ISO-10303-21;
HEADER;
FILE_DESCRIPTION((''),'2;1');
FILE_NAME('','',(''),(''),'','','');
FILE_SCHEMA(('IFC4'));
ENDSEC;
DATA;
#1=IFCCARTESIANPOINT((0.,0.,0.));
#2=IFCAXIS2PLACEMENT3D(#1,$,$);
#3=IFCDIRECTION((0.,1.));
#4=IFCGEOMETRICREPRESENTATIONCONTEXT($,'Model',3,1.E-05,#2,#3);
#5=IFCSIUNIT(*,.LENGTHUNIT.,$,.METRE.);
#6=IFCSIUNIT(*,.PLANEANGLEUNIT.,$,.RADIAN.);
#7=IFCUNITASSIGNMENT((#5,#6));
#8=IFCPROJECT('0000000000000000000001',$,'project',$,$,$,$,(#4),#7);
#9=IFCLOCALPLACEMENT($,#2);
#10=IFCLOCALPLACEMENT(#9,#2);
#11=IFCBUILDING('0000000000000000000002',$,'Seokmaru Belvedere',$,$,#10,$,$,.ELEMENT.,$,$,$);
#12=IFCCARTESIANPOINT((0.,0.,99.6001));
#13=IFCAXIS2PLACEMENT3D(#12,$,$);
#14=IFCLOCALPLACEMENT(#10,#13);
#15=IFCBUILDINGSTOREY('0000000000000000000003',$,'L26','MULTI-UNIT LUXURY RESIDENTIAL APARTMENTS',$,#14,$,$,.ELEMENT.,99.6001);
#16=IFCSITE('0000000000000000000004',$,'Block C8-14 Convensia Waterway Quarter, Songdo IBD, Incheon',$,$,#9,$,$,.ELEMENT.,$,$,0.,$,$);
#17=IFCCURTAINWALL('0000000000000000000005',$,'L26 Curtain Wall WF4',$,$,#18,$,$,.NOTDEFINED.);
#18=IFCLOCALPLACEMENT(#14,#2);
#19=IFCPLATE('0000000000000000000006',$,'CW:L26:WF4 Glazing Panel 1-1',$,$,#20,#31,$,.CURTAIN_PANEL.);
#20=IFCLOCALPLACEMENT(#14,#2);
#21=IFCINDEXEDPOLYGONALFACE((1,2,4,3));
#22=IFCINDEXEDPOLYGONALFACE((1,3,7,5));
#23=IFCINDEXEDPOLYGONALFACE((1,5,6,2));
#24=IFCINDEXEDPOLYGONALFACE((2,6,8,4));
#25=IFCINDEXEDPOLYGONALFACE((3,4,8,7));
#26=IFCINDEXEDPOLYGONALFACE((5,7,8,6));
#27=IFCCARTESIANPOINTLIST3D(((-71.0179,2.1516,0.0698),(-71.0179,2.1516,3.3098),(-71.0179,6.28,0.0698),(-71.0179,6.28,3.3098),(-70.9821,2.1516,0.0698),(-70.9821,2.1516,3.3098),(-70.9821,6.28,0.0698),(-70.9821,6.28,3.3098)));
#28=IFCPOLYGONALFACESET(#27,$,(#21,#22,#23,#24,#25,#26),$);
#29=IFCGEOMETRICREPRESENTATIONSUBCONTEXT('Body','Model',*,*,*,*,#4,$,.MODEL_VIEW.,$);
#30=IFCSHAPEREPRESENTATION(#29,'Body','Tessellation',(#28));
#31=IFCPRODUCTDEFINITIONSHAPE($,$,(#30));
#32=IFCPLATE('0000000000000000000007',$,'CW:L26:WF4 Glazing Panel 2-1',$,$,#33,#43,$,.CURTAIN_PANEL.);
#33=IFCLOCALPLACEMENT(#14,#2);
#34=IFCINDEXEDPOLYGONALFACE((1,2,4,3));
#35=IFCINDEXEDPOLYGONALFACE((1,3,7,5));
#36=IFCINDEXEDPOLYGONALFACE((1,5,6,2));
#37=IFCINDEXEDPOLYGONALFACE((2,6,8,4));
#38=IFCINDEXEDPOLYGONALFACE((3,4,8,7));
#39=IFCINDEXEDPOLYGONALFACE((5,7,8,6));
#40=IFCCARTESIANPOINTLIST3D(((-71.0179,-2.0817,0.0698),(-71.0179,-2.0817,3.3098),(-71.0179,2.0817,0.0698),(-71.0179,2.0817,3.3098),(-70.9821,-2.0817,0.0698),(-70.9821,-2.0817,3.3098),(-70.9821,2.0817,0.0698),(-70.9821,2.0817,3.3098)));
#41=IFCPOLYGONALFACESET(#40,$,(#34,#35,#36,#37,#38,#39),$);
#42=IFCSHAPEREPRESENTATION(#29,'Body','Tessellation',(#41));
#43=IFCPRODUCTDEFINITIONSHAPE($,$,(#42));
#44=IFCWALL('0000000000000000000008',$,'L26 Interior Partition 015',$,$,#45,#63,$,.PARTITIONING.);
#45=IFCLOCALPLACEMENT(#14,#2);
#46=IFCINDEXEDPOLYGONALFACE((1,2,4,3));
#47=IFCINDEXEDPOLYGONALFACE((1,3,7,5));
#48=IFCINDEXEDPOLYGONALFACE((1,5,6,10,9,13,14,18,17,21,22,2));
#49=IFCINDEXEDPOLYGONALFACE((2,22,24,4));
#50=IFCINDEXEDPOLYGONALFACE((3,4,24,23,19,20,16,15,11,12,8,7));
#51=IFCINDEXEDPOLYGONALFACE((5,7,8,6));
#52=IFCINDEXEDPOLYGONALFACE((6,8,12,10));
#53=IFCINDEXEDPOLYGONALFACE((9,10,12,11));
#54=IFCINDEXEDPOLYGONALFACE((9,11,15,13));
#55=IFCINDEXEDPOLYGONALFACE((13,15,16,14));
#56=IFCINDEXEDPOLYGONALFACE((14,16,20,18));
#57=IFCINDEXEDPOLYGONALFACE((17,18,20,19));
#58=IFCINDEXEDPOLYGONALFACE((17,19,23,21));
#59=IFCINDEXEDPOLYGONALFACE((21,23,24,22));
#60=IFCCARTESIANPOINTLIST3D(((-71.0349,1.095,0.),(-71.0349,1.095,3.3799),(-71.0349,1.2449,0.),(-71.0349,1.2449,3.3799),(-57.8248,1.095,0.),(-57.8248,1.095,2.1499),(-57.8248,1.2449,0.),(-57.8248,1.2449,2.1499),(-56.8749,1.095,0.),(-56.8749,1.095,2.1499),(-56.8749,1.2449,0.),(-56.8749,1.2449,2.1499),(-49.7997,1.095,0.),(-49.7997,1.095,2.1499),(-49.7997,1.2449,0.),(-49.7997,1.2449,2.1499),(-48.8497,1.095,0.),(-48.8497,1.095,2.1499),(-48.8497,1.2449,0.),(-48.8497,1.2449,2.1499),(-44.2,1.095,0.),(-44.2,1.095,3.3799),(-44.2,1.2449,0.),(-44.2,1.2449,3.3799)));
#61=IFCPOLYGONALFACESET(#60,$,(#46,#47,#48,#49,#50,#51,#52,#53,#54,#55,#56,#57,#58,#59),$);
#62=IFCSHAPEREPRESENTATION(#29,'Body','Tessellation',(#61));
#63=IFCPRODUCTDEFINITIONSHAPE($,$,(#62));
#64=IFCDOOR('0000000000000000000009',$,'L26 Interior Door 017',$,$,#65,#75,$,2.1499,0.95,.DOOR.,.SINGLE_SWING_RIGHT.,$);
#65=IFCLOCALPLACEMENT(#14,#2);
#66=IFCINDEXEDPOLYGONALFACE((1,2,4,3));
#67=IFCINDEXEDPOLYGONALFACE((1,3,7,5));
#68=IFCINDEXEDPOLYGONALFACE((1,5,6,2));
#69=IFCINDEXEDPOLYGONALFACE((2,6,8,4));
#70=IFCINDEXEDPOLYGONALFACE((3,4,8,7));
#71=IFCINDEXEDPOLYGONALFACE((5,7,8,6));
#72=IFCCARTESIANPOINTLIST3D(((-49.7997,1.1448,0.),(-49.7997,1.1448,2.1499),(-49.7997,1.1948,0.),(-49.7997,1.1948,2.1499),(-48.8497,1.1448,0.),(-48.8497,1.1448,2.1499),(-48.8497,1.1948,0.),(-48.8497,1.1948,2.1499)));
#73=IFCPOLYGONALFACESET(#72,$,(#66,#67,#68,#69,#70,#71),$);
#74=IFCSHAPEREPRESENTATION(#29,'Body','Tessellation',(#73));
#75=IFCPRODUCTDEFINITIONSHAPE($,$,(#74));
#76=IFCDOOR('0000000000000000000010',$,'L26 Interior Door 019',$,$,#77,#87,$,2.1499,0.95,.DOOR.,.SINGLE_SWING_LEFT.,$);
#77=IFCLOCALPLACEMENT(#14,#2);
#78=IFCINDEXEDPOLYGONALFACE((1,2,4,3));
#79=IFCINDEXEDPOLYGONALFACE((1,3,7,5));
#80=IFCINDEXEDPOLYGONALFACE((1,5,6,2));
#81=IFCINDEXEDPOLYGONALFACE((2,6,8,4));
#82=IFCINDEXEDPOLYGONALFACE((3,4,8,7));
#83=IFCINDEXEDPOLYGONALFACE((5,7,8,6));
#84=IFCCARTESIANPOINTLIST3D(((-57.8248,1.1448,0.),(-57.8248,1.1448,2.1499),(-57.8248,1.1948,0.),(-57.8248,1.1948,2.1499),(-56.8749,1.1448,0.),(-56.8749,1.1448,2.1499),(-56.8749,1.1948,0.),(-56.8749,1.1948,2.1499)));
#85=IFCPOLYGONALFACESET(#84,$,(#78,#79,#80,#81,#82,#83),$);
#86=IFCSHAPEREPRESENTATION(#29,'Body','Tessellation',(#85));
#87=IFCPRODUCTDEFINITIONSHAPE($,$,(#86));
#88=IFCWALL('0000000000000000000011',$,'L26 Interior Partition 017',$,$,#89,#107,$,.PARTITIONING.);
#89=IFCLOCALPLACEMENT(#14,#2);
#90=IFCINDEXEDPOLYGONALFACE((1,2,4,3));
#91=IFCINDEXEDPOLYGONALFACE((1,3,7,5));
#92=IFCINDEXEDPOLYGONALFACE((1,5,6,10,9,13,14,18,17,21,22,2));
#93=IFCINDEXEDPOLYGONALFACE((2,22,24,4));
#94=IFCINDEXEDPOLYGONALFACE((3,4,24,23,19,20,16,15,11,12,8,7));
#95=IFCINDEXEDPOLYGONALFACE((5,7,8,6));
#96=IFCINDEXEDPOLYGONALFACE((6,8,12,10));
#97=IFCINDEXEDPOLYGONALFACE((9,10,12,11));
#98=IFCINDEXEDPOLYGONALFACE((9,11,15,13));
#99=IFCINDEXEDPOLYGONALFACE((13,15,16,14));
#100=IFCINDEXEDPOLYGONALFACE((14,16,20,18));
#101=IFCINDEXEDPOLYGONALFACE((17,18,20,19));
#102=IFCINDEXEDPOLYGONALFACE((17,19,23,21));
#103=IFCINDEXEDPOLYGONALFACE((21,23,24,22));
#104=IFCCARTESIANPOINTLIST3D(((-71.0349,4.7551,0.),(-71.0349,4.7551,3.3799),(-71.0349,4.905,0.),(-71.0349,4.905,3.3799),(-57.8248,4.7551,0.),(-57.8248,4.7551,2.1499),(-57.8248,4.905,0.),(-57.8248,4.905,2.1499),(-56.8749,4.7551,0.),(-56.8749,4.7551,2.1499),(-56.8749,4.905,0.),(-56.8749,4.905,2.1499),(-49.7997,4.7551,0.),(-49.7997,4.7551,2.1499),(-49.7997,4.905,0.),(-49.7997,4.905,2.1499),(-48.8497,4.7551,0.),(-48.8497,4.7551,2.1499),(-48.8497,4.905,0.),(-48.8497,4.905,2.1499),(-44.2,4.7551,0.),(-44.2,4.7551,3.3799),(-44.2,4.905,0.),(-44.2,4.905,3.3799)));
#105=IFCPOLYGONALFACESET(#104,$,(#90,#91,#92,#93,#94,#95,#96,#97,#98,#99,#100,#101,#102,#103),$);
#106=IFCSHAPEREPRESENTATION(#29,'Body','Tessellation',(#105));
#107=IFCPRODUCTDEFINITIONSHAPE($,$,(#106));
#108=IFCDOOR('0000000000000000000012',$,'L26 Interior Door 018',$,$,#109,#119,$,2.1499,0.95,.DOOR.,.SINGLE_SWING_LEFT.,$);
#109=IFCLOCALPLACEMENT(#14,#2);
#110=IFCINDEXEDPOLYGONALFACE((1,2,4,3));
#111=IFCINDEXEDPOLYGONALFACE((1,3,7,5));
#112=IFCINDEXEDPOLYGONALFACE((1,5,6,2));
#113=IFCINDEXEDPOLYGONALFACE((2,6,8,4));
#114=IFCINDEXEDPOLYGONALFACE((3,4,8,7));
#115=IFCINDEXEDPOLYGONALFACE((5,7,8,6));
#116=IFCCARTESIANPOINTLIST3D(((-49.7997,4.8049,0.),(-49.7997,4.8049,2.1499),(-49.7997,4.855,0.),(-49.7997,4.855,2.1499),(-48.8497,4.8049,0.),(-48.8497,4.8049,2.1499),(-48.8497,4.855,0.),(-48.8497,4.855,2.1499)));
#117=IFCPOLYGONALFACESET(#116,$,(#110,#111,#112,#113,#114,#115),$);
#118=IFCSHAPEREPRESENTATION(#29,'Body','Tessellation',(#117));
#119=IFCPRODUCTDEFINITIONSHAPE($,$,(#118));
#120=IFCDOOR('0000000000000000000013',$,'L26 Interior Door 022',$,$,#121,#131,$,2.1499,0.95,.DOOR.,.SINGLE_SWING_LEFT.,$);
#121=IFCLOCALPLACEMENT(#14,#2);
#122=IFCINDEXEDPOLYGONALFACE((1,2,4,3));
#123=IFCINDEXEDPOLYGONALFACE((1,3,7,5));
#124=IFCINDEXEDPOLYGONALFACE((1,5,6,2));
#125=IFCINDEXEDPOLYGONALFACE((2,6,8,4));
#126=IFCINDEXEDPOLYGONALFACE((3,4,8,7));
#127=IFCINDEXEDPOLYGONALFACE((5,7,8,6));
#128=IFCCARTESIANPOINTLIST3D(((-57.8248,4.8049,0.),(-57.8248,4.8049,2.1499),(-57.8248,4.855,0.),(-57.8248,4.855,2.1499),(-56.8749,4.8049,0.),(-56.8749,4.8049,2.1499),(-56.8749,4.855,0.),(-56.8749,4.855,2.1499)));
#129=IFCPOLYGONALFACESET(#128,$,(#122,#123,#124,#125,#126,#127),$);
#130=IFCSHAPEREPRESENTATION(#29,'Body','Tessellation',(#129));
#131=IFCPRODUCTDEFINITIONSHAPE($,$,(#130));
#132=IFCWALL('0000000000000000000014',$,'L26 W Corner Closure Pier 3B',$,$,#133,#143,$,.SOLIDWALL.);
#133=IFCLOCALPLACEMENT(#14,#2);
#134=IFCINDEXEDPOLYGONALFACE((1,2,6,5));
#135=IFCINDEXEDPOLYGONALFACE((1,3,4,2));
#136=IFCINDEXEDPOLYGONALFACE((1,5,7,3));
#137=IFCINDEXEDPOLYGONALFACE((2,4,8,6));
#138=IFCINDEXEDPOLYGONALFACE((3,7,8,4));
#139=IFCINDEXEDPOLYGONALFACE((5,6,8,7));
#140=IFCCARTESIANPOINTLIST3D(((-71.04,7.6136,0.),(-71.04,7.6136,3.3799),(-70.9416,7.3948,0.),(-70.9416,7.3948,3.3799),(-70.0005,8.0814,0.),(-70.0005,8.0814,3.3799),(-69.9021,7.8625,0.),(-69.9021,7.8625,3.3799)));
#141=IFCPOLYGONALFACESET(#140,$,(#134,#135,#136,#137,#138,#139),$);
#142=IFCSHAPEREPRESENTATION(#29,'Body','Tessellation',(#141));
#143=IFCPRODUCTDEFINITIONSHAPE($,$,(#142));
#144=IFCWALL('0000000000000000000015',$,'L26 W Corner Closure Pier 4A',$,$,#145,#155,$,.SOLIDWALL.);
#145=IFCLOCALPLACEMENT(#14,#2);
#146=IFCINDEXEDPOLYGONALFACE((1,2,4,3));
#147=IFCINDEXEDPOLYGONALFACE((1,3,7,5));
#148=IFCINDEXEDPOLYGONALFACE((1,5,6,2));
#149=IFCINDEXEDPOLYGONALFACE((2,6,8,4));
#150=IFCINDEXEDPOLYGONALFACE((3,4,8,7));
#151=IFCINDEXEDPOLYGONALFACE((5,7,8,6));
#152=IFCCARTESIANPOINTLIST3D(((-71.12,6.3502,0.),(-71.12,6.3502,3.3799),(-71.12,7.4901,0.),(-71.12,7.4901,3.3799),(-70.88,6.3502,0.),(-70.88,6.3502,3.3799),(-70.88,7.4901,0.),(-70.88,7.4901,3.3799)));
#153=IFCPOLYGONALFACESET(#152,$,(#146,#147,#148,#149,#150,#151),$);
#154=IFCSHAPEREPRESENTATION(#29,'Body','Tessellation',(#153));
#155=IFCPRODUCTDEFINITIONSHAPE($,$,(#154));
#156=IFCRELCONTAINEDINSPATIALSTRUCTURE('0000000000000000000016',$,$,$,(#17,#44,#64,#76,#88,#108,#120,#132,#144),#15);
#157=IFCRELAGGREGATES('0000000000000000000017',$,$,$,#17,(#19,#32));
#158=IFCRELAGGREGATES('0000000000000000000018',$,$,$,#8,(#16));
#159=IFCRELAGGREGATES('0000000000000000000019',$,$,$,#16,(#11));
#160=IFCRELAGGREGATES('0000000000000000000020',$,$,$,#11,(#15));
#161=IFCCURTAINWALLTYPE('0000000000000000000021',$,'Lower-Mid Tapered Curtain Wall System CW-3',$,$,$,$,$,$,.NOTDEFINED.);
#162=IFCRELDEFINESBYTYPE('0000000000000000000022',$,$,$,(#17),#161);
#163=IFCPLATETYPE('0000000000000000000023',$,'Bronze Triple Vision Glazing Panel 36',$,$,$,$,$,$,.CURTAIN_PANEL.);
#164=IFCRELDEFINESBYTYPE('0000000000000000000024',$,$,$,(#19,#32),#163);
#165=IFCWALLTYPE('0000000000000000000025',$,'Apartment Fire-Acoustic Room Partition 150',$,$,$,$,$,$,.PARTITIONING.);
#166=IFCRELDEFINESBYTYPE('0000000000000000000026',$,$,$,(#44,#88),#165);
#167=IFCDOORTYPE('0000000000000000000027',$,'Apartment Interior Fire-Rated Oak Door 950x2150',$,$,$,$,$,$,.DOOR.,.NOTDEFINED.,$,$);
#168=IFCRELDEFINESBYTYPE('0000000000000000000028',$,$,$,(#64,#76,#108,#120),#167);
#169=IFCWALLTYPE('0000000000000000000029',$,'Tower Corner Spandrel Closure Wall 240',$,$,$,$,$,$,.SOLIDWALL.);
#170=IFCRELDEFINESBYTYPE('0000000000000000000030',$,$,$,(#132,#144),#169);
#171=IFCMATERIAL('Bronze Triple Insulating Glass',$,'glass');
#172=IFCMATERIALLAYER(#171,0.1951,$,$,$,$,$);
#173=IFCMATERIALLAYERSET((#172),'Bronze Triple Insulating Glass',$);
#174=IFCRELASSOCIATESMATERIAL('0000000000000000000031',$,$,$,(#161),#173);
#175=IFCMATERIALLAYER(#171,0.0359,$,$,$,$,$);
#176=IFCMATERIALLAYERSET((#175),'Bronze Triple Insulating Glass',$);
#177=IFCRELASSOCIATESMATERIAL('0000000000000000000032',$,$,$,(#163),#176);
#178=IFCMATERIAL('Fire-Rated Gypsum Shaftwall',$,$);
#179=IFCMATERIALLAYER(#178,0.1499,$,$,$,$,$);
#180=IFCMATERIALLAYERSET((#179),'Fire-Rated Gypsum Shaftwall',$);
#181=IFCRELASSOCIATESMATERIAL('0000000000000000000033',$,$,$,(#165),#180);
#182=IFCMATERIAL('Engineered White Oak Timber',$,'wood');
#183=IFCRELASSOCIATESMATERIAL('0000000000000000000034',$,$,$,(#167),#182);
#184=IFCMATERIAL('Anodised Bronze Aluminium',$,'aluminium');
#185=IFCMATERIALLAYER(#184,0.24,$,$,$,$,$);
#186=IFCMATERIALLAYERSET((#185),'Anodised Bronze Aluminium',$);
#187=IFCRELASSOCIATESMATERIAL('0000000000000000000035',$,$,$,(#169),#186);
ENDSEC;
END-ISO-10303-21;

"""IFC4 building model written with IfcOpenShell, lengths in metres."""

from ifc_helpers import new_model, si_unit, direction, frame, frame_2d, origin, origin_2d, place, context, subcontext, project, spatial, rectangle, extrude, source, transform, mapped, material, layer, layer_set, type_object, type_shapes, element, fill, aggregate, save


model = new_model("IFC4")

# Units and contexts
model_context = context("Model", 3, precision=1e-05, world=origin(), true_north=direction((0.0, 1.0)))
body_context = subcontext(model_context, "Body", "Model", "MODEL_VIEW")
ifc_project = project(units=[si_unit("LENGTHUNIT", "METRE"), si_unit("PLANEANGLEUNIT", "RADIAN")], contexts=[model_context])

# Site, building, storey
site_placement = place(None, origin())
site = spatial("IfcSite", under=ifc_project, at=site_placement, Name="Block C8-14 Convensia Waterway Quarter, Songdo IBD, Incheon", CompositionType="ELEMENT", RefElevation=0.0)
building_placement = place(site_placement, origin())
building = spatial("IfcBuilding", under=site, at=building_placement, Name="Seokmaru Belvedere", CompositionType="ELEMENT")
storey_placement = place(building_placement, frame((0.0, 0.0, 99.6001)))
storey = spatial("IfcBuildingStorey", under=building, at=storey_placement, Name="L26", Description="MULTI-UNIT LUXURY RESIDENTIAL APARTMENTS", CompositionType="ELEMENT", Elevation=99.6001)

# Shared definitions
ifc_material_1 = material(Name="Bronze Triple Insulating Glass", Category="glass")
ifc_layer_1 = layer(ifc_material_1, 0.1951)
ifc_layer_set_1 = layer_set([ifc_layer_1], Name="Bronze Triple Insulating Glass")
curtain_wall_type = type_object("IfcCurtainWallType", Name="Lower-Mid Tapered Curtain Wall System CW-3", PredefinedType="NOTDEFINED", material=ifc_layer_set_1)
ifc_material_2 = material(Name="Anodised Bronze Aluminium", Category="aluminium")

# Curtain wall, plates
curtain_wall_1_placement = place(storey_placement, origin())
curtain_wall_1 = element("IfcCurtainWall", 1, at=curtain_wall_1_placement, inside=storey, type_object=curtain_wall_type, Name="L26 Curtain Wall WF4", PredefinedType="NOTDEFINED")
ifc_layer_2 = layer(ifc_material_1, 0.0359)
ifc_layer_set_2 = layer_set([ifc_layer_2], Name="Bronze Triple Insulating Glass")
plate_type = type_object("IfcPlateType", Name="Bronze Triple Vision Glazing Panel 36", PredefinedType="CURTAIN_PANEL", material=ifc_layer_set_2)
shared_shape_1 = source(origin(), body_context, "Body", "SweptSolid", [
    extrude(rectangle(XDim=4.1284, YDim=0.0359, at=origin_2d()), origin(), (0.0, 0.0, 1.0), 3.24),
])
plate_1_placement = place(storey_placement, frame((-71.0, 4.2158, 0.0698), z_axis=(0.0, 0.0, 1.0), x_axis=(0.0, -1.0, 0.0)))
plate_1 = element("IfcPlate", 2, at=plate_1_placement, type_object=plate_type, Name="CW:L26:WF4 Glazing Panel 1-1", PredefinedType="CURTAIN_PANEL", context=body_context, shape_type="MappedRepresentation", body=[
    mapped(shared_shape_1, transform((0.0, 0.0, 0.0), scale=1.0)),
])
shared_shape_2 = source(origin(), body_context, "Body", "SweptSolid", [
    extrude(rectangle(XDim=4.1633, YDim=0.0359, at=origin_2d()), origin(), (0.0, 0.0, 1.0), 3.24),
])
type_shapes(plate_type, [shared_shape_1, shared_shape_2])
plate_2_placement = place(storey_placement, frame((-71.0, 0.0, 0.0698), z_axis=(0.0, 0.0, 1.0), x_axis=(0.0, -1.0, 0.0)))
plate_2 = element("IfcPlate", 3, at=plate_2_placement, type_object=plate_type, Name="CW:L26:WF4 Glazing Panel 2-1", PredefinedType="CURTAIN_PANEL", context=body_context, shape_type="MappedRepresentation", body=[
    mapped(shared_shape_2, transform((0.0, 0.0, 0.0), scale=1.0)),
])
aggregate(curtain_wall_1, [plate_1, plate_2])

# Walls, openings, doors
ifc_material_3 = material(Name="Fire-Rated Gypsum Shaftwall")
ifc_layer_3 = layer(ifc_material_3, 0.1499)
ifc_layer_set_3 = layer_set([ifc_layer_3], Name="Fire-Rated Gypsum Shaftwall")
wall_type_1 = type_object("IfcWallType", Name="Apartment Fire-Acoustic Room Partition 150", PredefinedType="PARTITIONING", material=ifc_layer_set_3)
wall_1_placement = place(storey_placement, frame((-71.0349, 1.1699, 0.0), z_axis=(0.0, 0.0, 1.0), x_axis=(1.0, 0.0, 0.0)))
wall_1 = element("IfcWall", 4, at=wall_1_placement, inside=storey, type_object=wall_type_1, Name="L26 Interior Partition 015", PredefinedType="PARTITIONING", context=body_context, shape_type="SweptSolid", body=[
    extrude(rectangle(XDim=26.835, YDim=0.1499, at=frame_2d((13.4175, 0.0))), origin(), (0.0, 0.0, 1.0), 3.3799),
])
opening_1_placement = place(wall_1_placement, frame((21.2351, 0.0, 0.0)))
opening_1 = element("IfcOpeningElement", 5, at=opening_1_placement, cuts=wall_1, PredefinedType="OPENING", context=body_context, shape_type="SweptSolid", body=[
    extrude(rectangle(XDim=0.95, YDim=2.1499, at=frame_2d((0.4751, 1.075))), frame((0.0, 0.085, 0.0), z_axis=(0.0, -1.0, 0.0), x_axis=(1.0, 0.0, 0.0)), (0.0, 0.0, 1.0), 0.1699),
])
opening_2_placement = place(wall_1_placement, frame((13.21, 0.0, 0.0)))
opening_2 = element("IfcOpeningElement", 6, at=opening_2_placement, cuts=wall_1, PredefinedType="OPENING", context=body_context, shape_type="SweptSolid", body=[
    extrude(rectangle(XDim=0.95, YDim=2.1499, at=frame_2d((0.4751, 1.075))), frame((0.0, 0.085, 0.0), z_axis=(0.0, -1.0, 0.0), x_axis=(1.0, 0.0, 0.0)), (0.0, 0.0, 1.0), 0.1699),
])
ifc_material_4 = material(Name="Engineered White Oak Timber", Category="wood")
door_type = type_object("IfcDoorType", Name="Apartment Interior Fire-Rated Oak Door 950x2150", OperationType="NOTDEFINED", PredefinedType="DOOR", material=ifc_material_4)
shared_shape_3 = source(origin(), body_context, "Body", "SweptSolid", [
    extrude(rectangle(XDim=0.95, YDim=2.1499, at=frame_2d((0.4751, 1.075))), frame((0.0, 0.0249, 0.0), z_axis=(0.0, -1.0, 0.0), x_axis=(1.0, 0.0, 0.0)), (0.0, 0.0, 1.0), 0.05),
])
type_shapes(door_type, [shared_shape_3])
door_1_placement = place(opening_1_placement, origin())
door_1 = element("IfcDoor", 7, at=door_1_placement, inside=storey, type_object=door_type, Name="L26 Interior Door 017", OperationType="SINGLE_SWING_RIGHT", OverallHeight=2.1499, OverallWidth=0.95, PredefinedType="DOOR", context=body_context, shape_type="MappedRepresentation", body=[
    mapped(shared_shape_3, transform((0.0, 0.0, 0.0), scale=1.0)),
])
fill(opening_1, door_1)
door_2_placement = place(opening_2_placement, origin())
door_2 = element("IfcDoor", 8, at=door_2_placement, inside=storey, type_object=door_type, Name="L26 Interior Door 019", OperationType="SINGLE_SWING_LEFT", OverallHeight=2.1499, OverallWidth=0.95, PredefinedType="DOOR", context=body_context, shape_type="MappedRepresentation", body=[
    mapped(shared_shape_3, transform((0.0, 0.0, 0.0), scale=1.0)),
])
fill(opening_2, door_2)
wall_2_placement = place(storey_placement, frame((-71.0349, 4.8301, 0.0), z_axis=(0.0, 0.0, 1.0), x_axis=(1.0, 0.0, 0.0)))
wall_2 = element("IfcWall", 9, at=wall_2_placement, inside=storey, type_object=wall_type_1, Name="L26 Interior Partition 017", PredefinedType="PARTITIONING", context=body_context, shape_type="SweptSolid", body=[
    extrude(rectangle(XDim=26.835, YDim=0.1499, at=frame_2d((13.4175, 0.0))), origin(), (0.0, 0.0, 1.0), 3.3799),
])
opening_3_placement = place(wall_2_placement, frame((21.2351, 0.0, 0.0)))
opening_3 = element("IfcOpeningElement", 10, at=opening_3_placement, cuts=wall_2, PredefinedType="OPENING", context=body_context, shape_type="SweptSolid", body=[
    extrude(rectangle(XDim=0.95, YDim=2.1499, at=frame_2d((0.4751, 1.075))), frame((0.0, 0.085, 0.0), z_axis=(0.0, -1.0, 0.0), x_axis=(1.0, 0.0, 0.0)), (0.0, 0.0, 1.0), 0.1699),
])
opening_4_placement = place(wall_2_placement, frame((13.21, 0.0, 0.0)))
opening_4 = element("IfcOpeningElement", 11, at=opening_4_placement, cuts=wall_2, PredefinedType="OPENING", context=body_context, shape_type="SweptSolid", body=[
    extrude(rectangle(XDim=0.95, YDim=2.1499, at=frame_2d((0.4751, 1.075))), frame((0.0, 0.085, 0.0), z_axis=(0.0, -1.0, 0.0), x_axis=(1.0, 0.0, 0.0)), (0.0, 0.0, 1.0), 0.1699),
])
door_3_placement = place(opening_3_placement, origin())
door_3 = element("IfcDoor", 12, at=door_3_placement, inside=storey, type_object=door_type, Name="L26 Interior Door 018", OperationType="SINGLE_SWING_LEFT", OverallHeight=2.1499, OverallWidth=0.95, PredefinedType="DOOR", context=body_context, shape_type="MappedRepresentation", body=[
    mapped(shared_shape_3, transform((0.0, 0.0, 0.0), scale=1.0)),
])
fill(opening_3, door_3)
door_4_placement = place(opening_4_placement, origin())
door_4 = element("IfcDoor", 13, at=door_4_placement, inside=storey, type_object=door_type, Name="L26 Interior Door 022", OperationType="SINGLE_SWING_LEFT", OverallHeight=2.1499, OverallWidth=0.95, PredefinedType="DOOR", context=body_context, shape_type="MappedRepresentation", body=[
    mapped(shared_shape_3, transform((0.0, 0.0, 0.0), scale=1.0)),
])
fill(opening_4, door_4)

# Walls
ifc_layer_4 = layer(ifc_material_2, 0.24)
ifc_layer_set_4 = layer_set([ifc_layer_4], Name="Anodised Bronze Aluminium")
wall_type_2 = type_object("IfcWallType", Name="Tower Corner Spandrel Closure Wall 240", PredefinedType="SOLIDWALL", material=ifc_layer_set_4)
for number, where, z_axis, x_axis, name in (
    (14, (-69.9514, 7.9719, 0.0), (0.0, 0.0, 1.0), (-0.91193, -0.410347, 0.0), "L26 W Corner Closure Pier 3B"),
    (15, (-71.0, 7.49, 0.0), (0.0, 0.0, 1.0), (0.0, -1.0, 0.0), "L26 W Corner Closure Pier 4A"),
):
    element("IfcWall", number, at=place(storey_placement, frame(where, z_axis=z_axis, x_axis=x_axis)), inside=storey, type_object=wall_type_2, Name=name, PredefinedType="SOLIDWALL", context=body_context, shape_type="SweptSolid", body=[
        extrude(rectangle(XDim=1.1399, YDim=0.24, at=frame_2d((0.5698, 0.0))), origin(), (0.0, 0.0, 1.0), 3.3799),
    ])

save(model, "model.ifc")
